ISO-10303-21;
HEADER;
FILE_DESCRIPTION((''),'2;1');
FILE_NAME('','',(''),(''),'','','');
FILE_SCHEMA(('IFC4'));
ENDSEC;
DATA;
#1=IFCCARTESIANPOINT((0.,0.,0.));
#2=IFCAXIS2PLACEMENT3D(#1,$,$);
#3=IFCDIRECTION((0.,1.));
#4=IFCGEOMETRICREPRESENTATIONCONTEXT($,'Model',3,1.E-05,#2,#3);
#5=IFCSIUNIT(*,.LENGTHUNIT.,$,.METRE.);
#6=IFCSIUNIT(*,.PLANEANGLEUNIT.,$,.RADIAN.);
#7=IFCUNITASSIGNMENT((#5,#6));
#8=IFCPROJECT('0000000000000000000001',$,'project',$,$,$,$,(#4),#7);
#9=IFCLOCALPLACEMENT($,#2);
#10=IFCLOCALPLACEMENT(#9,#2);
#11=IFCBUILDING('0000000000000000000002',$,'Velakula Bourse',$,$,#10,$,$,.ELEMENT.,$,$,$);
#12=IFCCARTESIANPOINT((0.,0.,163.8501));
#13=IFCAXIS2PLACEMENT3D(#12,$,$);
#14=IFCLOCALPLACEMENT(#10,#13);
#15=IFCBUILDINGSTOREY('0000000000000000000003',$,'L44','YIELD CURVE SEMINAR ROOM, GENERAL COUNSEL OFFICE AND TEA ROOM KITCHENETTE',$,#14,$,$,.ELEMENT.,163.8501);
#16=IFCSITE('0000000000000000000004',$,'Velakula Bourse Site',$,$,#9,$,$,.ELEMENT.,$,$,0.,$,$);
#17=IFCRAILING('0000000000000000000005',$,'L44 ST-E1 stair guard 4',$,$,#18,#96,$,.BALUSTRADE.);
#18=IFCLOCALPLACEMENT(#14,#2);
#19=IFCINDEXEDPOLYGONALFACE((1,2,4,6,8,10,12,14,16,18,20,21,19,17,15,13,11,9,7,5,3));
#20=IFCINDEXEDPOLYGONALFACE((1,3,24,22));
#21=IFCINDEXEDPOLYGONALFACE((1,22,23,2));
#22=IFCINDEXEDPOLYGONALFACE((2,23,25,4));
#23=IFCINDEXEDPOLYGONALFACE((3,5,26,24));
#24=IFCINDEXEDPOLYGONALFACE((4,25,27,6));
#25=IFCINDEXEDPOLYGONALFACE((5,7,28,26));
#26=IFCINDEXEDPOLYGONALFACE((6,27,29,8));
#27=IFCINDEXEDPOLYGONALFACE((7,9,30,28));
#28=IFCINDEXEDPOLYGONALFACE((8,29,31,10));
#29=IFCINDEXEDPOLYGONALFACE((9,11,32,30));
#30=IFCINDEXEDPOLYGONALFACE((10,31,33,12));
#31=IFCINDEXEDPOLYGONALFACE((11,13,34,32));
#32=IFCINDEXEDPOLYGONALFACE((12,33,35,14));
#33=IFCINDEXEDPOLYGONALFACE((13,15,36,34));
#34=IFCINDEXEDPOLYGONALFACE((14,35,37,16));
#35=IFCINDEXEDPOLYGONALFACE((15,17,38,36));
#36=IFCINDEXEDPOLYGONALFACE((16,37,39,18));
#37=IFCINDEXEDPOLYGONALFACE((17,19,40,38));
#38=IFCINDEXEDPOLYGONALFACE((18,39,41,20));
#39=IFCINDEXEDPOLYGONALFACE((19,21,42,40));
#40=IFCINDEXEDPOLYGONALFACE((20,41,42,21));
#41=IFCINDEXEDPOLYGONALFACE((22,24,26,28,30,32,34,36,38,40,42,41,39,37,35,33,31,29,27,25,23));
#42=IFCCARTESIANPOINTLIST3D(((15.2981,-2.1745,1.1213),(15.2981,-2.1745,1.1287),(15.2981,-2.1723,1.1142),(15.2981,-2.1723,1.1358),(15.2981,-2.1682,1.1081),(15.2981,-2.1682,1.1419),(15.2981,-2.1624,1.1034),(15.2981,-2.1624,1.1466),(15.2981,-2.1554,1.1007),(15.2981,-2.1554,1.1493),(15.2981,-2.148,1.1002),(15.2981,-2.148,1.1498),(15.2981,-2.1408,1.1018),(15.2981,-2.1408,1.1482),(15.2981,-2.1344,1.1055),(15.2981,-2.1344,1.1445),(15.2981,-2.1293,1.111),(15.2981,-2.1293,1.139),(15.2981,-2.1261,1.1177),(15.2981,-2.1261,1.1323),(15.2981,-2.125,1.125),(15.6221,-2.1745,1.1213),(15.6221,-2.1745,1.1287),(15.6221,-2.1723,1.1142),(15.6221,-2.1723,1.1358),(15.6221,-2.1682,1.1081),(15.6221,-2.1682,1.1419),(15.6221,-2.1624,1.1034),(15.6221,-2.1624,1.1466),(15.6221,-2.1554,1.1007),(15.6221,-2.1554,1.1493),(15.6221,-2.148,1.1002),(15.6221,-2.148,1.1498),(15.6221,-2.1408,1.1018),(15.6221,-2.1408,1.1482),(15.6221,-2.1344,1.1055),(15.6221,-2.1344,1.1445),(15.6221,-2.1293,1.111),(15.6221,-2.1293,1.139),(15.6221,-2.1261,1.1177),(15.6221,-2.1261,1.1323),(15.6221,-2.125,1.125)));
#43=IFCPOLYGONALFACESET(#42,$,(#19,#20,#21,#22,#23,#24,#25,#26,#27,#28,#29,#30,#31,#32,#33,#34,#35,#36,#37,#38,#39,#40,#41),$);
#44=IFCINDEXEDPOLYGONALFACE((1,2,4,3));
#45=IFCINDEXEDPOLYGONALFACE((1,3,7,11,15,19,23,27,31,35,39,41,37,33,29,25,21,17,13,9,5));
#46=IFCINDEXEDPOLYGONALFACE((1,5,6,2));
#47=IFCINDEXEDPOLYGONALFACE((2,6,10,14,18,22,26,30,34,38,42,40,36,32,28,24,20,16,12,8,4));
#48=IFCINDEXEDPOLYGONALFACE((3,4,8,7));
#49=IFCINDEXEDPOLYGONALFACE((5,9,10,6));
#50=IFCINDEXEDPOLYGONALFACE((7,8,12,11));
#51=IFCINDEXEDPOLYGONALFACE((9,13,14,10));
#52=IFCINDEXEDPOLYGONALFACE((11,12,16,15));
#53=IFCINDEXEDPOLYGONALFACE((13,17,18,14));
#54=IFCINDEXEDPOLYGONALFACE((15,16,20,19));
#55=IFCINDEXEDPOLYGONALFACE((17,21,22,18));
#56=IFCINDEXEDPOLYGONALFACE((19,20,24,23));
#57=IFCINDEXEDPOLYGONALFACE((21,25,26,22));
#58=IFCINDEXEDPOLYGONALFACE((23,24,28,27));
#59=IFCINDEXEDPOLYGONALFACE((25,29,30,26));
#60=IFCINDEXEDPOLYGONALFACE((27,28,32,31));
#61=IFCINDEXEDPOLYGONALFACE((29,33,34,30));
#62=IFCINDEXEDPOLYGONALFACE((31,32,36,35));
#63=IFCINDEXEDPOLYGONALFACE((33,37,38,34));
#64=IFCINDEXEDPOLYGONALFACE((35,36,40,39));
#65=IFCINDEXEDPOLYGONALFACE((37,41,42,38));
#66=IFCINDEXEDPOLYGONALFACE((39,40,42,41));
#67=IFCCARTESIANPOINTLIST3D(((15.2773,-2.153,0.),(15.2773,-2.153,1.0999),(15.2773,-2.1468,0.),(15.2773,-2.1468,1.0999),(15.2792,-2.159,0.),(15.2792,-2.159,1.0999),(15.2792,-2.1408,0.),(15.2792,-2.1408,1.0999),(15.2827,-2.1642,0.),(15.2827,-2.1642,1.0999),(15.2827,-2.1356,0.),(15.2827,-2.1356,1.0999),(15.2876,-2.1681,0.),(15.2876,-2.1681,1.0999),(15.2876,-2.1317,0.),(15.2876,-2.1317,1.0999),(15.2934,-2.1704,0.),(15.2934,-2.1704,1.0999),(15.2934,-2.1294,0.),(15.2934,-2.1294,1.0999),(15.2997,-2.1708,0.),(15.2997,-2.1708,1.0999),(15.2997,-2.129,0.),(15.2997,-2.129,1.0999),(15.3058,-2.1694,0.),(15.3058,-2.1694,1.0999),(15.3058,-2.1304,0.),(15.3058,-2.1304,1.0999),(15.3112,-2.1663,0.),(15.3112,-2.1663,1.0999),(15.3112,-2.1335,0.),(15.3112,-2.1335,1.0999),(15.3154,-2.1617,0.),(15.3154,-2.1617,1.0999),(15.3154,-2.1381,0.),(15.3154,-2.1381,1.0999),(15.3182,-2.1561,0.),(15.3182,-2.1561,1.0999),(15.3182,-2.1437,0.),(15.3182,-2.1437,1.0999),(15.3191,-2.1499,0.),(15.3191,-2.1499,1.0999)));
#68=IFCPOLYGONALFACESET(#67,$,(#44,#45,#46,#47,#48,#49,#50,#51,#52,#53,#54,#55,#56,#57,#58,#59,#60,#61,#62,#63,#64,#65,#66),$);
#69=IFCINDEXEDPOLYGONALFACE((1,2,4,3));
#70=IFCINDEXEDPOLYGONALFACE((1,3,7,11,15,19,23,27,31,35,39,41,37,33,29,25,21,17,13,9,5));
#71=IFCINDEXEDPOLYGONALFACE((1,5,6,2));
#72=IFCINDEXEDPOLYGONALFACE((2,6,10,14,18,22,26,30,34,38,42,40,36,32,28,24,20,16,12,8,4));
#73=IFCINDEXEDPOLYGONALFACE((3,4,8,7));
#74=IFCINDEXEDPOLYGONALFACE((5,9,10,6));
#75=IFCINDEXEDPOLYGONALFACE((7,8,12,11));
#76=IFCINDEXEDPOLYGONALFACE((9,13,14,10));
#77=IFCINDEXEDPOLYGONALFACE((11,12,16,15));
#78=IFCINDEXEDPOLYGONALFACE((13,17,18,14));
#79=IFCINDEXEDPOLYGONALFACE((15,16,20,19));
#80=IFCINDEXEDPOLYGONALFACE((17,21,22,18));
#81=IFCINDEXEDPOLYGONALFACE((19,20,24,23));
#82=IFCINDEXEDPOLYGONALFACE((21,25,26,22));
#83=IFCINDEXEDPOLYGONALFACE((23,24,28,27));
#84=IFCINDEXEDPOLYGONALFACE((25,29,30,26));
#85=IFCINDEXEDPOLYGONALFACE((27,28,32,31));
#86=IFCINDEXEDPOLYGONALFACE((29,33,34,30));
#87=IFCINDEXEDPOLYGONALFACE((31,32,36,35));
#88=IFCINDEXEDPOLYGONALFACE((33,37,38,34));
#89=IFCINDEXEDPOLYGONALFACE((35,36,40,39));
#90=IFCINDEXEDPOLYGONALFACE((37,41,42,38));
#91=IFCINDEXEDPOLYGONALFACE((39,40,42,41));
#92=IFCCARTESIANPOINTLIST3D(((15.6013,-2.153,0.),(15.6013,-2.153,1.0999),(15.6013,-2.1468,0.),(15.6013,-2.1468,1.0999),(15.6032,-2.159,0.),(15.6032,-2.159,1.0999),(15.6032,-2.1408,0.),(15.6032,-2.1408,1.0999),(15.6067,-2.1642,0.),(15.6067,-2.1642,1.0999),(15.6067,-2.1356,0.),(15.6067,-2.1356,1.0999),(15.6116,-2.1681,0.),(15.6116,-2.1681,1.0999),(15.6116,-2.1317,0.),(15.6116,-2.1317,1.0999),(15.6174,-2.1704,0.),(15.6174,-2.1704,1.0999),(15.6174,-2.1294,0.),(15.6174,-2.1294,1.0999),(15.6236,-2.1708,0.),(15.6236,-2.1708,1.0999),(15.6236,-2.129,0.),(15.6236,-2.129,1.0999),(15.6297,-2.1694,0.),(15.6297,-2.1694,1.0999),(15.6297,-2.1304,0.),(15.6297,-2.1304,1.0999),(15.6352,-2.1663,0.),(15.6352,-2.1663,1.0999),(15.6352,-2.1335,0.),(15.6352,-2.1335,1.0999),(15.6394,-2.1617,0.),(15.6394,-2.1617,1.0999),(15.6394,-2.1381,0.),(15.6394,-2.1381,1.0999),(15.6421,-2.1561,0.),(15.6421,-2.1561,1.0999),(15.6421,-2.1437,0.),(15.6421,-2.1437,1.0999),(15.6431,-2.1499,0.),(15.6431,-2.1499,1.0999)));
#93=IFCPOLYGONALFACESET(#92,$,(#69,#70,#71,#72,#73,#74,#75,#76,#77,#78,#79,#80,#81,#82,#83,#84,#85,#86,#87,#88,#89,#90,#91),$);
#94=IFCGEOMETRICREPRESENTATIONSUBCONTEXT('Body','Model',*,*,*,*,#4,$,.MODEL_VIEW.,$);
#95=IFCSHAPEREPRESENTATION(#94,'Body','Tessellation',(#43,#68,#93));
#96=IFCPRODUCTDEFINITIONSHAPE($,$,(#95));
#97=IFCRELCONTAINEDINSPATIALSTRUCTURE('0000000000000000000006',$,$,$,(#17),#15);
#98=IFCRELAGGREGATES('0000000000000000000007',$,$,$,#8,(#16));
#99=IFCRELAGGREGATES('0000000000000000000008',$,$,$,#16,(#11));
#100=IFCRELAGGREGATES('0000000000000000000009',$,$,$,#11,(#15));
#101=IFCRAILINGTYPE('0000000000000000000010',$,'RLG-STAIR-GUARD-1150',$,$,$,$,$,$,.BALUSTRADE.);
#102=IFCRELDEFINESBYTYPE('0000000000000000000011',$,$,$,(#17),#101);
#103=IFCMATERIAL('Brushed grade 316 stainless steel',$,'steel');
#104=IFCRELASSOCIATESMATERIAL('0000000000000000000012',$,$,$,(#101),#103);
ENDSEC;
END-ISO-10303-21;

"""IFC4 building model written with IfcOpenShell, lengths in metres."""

from ifc_helpers import new_model, si_unit, direction, frame, origin, origin_2d, place, context, subcontext, project, spatial, circle, extrude, material, type_object, element, save


model = new_model("IFC4")

# Units and contexts
model_context = context("Model", 3, precision=1e-05, world=origin(), true_north=direction((0.0, 1.0)))
body_context = subcontext(model_context, "Body", "Model", "MODEL_VIEW")
ifc_project = project(units=[si_unit("LENGTHUNIT", "METRE"), si_unit("PLANEANGLEUNIT", "RADIAN")], contexts=[model_context])

# Site, building, storey
site_placement = place(None, origin())
site = spatial("IfcSite", under=ifc_project, at=site_placement, Name="Velakula Bourse Site", CompositionType="ELEMENT", RefElevation=0.0)
building_placement = place(site_placement, origin())
building = spatial("IfcBuilding", under=site, at=building_placement, Name="Velakula Bourse", CompositionType="ELEMENT")
storey_placement = place(building_placement, frame((0.0, 0.0, 163.8501)))
storey = spatial("IfcBuildingStorey", under=building, at=storey_placement, Name="L44", Description="YIELD CURVE SEMINAR ROOM, GENERAL COUNSEL OFFICE AND TEA ROOM KITCHENETTE", CompositionType="ELEMENT", Elevation=163.8501)

# Railing
ifc_material_1 = material(Name="Brushed grade 316 stainless steel", Category="steel")
railing_type_1 = type_object("IfcRailingType", Name="RLG-STAIR-GUARD-1150", PredefinedType="BALUSTRADE", material=ifc_material_1)
railing_1_placement = place(storey_placement, frame((15.2981, -2.1499, 0.0)))
element("IfcRailing", 1, at=railing_1_placement, inside=storey, type_object=railing_type_1, Name="L44 ST-E1 stair guard 4", PredefinedType="BALUSTRADE", context=body_context, shape_type="SweptSolid", body=[
    extrude(circle(Radius=0.0249, at=origin_2d()), frame((0.0, 0.0, 1.125), z_axis=(1.0, 0.0, 0.0), x_axis=(0.0, 1.0, 0.0)), (0.0, 0.0, 1.0), 0.324),
    extrude(circle(Radius=0.021, at=origin_2d()), origin(), (0.0, 0.0, 1.0), 1.0999),
    extrude(circle(Radius=0.021, at=origin_2d()), frame((0.324, 0.0, 0.0)), (0.0, 0.0, 1.0), 1.0999),
])

save(model, "model.ifc")
